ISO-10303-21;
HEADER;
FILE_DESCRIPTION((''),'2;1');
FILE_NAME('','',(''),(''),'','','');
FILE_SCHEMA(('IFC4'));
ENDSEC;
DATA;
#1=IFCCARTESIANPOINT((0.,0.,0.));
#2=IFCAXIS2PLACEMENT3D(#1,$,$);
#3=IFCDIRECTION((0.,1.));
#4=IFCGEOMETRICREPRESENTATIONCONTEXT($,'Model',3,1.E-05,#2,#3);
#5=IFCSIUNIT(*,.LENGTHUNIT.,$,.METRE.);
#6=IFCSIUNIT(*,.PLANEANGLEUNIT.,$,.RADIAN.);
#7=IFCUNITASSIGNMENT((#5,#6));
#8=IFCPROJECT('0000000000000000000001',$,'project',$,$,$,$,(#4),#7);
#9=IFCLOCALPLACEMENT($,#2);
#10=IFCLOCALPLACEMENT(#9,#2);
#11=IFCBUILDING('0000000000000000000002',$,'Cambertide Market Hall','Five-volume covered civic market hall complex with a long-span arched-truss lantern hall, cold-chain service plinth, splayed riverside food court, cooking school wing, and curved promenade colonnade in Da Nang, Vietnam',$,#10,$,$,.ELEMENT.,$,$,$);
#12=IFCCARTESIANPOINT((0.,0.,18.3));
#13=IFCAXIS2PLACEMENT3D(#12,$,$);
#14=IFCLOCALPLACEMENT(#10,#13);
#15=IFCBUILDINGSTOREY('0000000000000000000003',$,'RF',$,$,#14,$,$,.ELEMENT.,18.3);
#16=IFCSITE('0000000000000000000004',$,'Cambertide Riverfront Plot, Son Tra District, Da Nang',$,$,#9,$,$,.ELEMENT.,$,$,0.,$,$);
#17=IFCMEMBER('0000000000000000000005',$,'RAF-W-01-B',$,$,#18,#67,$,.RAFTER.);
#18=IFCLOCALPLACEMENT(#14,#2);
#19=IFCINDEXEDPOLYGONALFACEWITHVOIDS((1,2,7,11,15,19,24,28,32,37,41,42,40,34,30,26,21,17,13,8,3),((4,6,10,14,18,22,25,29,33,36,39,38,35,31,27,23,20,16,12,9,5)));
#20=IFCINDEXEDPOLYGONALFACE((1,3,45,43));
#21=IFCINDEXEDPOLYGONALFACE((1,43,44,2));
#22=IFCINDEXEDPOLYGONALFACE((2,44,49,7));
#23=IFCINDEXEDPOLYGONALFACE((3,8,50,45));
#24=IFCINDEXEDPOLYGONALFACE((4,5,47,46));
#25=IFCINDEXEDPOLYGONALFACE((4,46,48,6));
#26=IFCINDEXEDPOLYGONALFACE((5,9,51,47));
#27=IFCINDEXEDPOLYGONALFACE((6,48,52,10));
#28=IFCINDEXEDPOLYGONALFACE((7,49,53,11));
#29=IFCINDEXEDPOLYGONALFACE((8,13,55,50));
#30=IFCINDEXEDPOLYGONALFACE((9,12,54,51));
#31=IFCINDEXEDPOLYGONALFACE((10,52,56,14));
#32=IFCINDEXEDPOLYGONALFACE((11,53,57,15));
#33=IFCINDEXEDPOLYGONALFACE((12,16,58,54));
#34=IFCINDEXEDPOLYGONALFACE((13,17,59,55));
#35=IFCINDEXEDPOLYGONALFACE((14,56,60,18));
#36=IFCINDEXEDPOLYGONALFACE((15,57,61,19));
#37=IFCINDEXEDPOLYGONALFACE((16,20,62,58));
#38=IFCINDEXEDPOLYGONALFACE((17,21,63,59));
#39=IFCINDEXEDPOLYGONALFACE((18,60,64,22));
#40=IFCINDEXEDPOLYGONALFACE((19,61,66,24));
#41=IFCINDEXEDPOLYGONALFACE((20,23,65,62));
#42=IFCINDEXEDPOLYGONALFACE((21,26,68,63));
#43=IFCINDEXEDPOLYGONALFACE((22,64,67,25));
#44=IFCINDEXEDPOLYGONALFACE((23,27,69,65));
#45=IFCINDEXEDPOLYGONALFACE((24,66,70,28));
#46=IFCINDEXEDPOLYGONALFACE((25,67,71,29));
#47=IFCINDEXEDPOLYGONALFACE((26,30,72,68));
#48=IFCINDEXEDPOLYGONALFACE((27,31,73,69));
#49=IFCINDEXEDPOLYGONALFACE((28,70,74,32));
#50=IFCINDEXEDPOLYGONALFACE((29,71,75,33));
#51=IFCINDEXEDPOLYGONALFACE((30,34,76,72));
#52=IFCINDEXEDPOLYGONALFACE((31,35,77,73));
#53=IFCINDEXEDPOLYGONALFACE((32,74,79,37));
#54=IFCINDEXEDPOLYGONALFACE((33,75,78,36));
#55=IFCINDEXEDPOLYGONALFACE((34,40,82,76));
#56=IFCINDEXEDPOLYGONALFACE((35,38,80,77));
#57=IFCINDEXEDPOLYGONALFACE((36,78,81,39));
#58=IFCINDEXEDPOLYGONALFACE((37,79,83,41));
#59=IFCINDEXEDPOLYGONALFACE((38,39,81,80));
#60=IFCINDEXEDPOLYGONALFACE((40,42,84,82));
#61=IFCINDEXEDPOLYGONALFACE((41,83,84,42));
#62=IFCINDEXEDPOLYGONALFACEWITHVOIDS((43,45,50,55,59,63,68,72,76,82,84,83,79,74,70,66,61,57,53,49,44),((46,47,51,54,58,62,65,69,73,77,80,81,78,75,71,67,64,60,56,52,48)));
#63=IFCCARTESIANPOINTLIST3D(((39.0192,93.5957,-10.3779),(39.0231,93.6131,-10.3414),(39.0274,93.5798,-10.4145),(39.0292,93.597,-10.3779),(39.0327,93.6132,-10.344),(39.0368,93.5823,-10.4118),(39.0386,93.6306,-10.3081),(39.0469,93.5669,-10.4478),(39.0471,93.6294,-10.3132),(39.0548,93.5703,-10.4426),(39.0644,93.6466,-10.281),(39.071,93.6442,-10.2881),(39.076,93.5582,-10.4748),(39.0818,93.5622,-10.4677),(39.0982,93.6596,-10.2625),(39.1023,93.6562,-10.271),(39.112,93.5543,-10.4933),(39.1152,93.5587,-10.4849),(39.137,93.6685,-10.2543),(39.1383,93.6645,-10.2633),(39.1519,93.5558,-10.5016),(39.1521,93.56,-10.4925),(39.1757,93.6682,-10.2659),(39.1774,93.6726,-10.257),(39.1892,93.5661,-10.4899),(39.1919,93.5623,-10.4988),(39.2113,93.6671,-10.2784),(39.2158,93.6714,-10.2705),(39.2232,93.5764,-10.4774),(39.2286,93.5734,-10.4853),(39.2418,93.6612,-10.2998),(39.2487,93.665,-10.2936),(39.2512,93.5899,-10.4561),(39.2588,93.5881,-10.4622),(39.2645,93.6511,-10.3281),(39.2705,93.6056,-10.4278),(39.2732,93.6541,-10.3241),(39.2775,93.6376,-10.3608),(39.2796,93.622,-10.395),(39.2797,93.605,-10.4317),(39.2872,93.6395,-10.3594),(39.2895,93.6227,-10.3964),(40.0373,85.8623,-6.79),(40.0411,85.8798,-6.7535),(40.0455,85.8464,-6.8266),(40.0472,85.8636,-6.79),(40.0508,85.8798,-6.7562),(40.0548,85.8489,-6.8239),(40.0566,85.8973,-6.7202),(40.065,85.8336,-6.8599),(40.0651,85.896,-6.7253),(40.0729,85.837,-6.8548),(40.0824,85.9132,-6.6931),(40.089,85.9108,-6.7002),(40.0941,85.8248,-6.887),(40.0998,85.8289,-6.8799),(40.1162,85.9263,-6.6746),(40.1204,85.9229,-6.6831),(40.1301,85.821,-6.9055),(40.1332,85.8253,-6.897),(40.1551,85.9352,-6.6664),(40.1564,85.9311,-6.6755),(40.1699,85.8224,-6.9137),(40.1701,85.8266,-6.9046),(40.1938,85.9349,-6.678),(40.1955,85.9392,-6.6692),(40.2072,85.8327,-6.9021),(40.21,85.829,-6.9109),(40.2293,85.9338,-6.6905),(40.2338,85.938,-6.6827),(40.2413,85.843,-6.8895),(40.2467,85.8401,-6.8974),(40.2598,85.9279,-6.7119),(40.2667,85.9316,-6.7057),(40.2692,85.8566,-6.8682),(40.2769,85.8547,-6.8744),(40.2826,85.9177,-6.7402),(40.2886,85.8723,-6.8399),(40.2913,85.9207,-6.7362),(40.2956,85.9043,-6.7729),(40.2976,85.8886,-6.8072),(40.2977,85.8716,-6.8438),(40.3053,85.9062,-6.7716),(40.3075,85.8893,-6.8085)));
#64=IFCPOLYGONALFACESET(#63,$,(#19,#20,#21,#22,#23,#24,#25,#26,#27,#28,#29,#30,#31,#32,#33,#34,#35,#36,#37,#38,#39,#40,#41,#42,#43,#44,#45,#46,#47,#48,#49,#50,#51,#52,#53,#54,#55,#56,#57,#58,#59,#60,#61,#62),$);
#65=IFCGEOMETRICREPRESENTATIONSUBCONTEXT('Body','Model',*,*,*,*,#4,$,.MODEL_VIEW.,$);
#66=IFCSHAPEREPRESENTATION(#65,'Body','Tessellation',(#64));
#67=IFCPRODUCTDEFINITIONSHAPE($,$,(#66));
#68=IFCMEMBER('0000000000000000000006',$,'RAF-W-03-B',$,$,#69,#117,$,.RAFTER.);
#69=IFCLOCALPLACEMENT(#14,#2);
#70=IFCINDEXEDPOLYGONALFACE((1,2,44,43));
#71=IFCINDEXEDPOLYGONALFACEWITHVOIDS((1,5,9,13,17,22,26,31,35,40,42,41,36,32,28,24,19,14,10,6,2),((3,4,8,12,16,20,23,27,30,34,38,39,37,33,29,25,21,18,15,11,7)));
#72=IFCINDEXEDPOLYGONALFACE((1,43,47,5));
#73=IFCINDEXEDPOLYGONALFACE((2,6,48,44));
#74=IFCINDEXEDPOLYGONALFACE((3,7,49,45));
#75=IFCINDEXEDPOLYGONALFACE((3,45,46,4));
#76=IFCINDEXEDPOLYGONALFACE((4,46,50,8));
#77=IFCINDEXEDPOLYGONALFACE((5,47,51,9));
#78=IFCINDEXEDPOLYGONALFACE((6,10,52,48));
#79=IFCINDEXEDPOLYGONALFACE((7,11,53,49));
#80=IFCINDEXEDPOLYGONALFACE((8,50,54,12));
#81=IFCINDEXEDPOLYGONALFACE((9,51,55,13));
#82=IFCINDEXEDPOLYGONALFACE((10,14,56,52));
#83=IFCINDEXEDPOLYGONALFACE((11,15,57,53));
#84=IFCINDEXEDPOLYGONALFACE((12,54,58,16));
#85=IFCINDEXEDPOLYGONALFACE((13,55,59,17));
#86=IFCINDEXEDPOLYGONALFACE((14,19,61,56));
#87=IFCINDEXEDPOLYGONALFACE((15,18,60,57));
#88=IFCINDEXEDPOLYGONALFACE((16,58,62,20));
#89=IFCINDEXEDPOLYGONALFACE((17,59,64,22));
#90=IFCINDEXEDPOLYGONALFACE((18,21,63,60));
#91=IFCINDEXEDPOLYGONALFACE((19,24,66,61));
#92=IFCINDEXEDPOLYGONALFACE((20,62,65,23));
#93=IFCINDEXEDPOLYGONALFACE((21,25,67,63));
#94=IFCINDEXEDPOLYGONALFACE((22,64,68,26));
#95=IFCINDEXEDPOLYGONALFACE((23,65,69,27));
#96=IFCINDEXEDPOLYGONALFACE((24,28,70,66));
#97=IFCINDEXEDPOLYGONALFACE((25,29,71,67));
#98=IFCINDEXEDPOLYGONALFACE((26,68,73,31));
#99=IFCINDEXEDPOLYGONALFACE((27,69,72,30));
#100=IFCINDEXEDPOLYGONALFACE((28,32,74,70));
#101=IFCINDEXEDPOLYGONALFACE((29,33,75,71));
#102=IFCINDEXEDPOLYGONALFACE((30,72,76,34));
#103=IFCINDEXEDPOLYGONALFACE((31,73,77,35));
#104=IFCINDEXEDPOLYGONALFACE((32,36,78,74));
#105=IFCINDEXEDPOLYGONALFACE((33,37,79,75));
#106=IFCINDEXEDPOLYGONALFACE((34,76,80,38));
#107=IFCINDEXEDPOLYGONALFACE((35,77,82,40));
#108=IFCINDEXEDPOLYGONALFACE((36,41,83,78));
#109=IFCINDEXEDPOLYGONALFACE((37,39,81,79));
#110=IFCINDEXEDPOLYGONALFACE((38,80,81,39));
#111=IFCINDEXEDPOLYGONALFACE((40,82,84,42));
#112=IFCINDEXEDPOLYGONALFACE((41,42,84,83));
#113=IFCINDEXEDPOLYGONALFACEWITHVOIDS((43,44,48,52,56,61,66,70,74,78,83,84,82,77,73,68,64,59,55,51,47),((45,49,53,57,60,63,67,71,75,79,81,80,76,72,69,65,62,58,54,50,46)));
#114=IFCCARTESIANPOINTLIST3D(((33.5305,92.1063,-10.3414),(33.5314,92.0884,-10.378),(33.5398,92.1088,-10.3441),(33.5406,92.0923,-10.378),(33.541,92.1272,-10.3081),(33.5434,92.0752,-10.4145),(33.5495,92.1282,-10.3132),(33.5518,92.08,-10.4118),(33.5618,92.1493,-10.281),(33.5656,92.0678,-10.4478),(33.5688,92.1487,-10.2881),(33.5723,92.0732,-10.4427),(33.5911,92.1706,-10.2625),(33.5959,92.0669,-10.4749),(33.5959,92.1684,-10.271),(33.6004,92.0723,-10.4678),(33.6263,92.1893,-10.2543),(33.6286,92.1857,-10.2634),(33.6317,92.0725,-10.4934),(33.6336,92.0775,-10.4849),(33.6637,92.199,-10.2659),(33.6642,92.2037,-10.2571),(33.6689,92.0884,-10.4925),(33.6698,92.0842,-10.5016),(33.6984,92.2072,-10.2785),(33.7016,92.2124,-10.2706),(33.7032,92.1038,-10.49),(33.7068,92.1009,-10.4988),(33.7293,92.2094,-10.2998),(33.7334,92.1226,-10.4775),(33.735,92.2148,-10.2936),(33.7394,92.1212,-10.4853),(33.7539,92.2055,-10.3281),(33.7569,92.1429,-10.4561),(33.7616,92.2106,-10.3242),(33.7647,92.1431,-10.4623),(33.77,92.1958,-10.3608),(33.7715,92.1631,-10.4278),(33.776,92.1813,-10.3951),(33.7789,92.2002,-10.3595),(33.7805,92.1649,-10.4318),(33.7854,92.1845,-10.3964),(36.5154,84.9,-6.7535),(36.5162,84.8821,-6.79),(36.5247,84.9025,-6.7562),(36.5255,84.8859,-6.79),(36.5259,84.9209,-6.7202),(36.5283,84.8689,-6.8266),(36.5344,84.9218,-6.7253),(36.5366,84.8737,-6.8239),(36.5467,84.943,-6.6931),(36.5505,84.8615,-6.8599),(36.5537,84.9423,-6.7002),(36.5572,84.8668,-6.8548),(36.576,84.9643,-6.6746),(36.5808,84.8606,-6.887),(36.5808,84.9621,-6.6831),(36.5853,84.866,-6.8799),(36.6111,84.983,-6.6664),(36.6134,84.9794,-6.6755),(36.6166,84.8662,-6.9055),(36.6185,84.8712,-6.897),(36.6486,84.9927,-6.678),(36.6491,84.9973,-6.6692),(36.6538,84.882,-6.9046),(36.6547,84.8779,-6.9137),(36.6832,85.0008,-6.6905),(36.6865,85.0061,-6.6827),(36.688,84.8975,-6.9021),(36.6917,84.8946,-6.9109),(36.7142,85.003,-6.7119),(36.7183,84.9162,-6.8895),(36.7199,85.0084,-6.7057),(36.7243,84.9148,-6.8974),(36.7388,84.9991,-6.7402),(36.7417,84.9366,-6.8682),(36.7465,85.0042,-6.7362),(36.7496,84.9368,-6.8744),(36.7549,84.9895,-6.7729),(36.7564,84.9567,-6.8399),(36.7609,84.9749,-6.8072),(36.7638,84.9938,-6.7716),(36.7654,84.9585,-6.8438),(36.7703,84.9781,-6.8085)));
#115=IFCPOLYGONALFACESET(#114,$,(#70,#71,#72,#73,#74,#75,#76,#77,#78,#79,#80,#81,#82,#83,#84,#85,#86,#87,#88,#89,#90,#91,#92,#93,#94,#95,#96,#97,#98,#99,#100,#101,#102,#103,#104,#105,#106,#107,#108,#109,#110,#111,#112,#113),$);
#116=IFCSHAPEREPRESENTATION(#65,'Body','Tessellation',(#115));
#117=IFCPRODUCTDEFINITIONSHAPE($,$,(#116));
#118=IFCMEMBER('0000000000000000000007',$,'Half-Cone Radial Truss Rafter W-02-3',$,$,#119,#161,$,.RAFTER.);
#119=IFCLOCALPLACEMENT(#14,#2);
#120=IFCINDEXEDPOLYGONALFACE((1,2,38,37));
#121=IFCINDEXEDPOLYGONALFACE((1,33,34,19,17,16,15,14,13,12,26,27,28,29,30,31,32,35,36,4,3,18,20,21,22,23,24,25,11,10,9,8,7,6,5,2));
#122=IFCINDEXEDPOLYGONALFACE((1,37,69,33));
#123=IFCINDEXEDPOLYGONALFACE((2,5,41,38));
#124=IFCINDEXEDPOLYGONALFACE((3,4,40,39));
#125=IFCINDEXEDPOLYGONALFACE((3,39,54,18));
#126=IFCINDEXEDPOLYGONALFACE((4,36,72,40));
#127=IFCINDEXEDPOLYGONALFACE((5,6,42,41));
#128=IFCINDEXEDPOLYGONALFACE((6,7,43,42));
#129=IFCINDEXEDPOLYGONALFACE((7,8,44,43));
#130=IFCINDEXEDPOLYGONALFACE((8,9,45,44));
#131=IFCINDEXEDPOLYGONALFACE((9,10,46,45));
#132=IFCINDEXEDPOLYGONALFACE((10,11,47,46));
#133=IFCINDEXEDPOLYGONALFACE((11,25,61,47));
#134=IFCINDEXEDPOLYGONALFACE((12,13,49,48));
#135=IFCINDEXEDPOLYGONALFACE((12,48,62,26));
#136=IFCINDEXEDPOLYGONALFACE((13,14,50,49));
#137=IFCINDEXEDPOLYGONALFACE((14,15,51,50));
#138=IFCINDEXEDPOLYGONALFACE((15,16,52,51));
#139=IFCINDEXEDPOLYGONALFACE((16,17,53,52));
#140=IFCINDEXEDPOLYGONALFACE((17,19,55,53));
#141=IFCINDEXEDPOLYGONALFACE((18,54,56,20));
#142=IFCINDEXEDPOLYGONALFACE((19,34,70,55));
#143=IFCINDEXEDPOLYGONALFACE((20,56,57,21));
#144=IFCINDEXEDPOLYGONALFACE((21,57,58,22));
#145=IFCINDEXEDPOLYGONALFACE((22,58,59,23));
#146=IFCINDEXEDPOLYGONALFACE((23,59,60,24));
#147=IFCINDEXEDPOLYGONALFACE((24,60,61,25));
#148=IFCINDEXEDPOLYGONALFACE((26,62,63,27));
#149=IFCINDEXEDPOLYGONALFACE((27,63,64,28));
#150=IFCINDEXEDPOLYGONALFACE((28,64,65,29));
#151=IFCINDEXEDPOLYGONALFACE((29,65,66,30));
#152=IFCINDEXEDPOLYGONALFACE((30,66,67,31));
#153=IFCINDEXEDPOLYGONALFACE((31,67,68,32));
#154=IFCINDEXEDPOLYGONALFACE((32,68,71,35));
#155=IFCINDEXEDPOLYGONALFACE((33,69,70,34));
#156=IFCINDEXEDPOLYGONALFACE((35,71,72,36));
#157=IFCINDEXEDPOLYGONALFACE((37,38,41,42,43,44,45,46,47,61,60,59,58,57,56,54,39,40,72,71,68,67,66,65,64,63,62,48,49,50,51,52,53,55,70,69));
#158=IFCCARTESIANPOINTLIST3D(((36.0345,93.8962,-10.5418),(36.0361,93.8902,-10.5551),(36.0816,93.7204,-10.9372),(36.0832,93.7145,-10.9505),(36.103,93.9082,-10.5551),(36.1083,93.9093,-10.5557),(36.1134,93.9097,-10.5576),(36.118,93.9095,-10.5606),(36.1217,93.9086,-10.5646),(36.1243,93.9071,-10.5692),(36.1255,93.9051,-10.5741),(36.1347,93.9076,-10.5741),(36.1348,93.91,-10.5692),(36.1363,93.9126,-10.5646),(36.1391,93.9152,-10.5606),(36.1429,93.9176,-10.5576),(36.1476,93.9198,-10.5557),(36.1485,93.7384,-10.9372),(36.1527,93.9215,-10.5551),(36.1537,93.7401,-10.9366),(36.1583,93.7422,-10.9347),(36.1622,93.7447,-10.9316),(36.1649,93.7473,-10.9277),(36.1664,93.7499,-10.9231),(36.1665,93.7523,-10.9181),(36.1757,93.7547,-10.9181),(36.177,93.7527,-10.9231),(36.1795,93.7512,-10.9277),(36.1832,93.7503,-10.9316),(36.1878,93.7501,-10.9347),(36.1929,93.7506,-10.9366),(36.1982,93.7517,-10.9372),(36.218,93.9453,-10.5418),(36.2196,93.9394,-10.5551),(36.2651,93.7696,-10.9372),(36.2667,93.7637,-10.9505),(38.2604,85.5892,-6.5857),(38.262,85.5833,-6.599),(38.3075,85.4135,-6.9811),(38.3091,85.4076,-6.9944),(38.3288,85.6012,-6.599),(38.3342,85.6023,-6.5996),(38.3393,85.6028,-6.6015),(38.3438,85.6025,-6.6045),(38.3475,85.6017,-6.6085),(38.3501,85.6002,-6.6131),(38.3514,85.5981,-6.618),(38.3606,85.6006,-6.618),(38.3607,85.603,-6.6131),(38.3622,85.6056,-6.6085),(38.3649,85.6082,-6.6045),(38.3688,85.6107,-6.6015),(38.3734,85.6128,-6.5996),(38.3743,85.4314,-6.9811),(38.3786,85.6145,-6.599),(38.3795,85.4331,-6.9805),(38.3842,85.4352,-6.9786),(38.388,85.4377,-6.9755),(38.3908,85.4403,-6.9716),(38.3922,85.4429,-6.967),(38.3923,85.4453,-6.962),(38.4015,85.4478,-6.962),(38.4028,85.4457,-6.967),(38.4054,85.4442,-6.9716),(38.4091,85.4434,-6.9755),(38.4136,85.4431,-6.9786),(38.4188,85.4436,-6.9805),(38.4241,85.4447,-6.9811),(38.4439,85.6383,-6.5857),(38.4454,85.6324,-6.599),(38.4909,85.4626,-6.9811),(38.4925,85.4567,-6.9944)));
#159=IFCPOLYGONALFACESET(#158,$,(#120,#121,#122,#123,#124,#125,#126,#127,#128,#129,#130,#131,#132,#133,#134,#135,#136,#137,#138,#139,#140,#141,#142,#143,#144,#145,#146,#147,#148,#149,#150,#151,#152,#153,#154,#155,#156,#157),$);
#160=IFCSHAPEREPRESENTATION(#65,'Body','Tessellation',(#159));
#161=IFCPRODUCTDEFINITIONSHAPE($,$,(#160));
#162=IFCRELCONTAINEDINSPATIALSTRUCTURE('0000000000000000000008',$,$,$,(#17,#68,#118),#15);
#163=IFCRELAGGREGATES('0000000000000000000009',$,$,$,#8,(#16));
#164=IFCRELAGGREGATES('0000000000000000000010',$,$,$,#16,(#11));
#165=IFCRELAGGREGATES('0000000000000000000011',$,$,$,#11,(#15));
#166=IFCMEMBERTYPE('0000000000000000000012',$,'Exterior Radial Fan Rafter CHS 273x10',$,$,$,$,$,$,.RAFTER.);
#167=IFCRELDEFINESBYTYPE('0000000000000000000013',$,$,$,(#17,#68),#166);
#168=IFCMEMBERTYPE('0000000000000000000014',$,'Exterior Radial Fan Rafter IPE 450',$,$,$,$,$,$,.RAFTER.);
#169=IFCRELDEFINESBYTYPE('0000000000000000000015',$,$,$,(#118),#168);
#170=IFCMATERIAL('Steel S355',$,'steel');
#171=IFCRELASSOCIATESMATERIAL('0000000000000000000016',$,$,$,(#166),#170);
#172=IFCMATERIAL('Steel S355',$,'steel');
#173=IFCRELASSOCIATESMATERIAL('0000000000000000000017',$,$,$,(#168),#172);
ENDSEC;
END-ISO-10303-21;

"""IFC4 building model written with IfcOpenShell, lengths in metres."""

from ifc_helpers import new_model, si_unit, direction, frame, origin, origin_2d, place, context, subcontext, project, spatial, hollow_circle, i_section, extrude, material, material_profile, profile_set, type_object, element, save


model = new_model("IFC4")

# Units and contexts
model_context = context("Model", 3, precision=1e-05, world=origin(), true_north=direction((0.0, 1.0)))
body_context = subcontext(model_context, "Body", "Model", "MODEL_VIEW")
ifc_project = project(units=[si_unit("LENGTHUNIT", "METRE"), si_unit("PLANEANGLEUNIT", "RADIAN")], contexts=[model_context])

# Site, building, storey
site_placement = place(None, origin())
site = spatial("IfcSite", under=ifc_project, at=site_placement, Name="Cambertide Riverfront Plot, Son Tra District, Da Nang", CompositionType="ELEMENT", RefElevation=0.0)
building_placement = place(site_placement, origin())
building = spatial("IfcBuilding", under=site, at=building_placement, Name="Cambertide Market Hall", Description="Five-volume covered civic market hall complex with a long-span arched-truss lantern hall, cold-chain service plinth, splayed riverside food court, cooking school wing, and curved promenade colonnade in Da Nang, Vietnam", CompositionType="ELEMENT")
storey_placement = place(building_placement, frame((0.0, 0.0, 18.3)))
storey = spatial("IfcBuildingStorey", under=building, at=storey_placement, Name="RF", CompositionType="ELEMENT", Elevation=18.3)

# Members
ifc_material_1 = material(Name="Steel S355", Category="steel")
ifc_material_profile_1 = material_profile(ifc_material_1, hollow_circle(Radius=0.1365, WallThickness=0.01, at=origin_2d()), Name="CHS 273x10")
ifc_profile_set_1 = profile_set([ifc_material_profile_1], Name="Steel S355")
member_type_1 = type_object("IfcMemberType", Name="Exterior Radial Fan Rafter CHS 273x10", PredefinedType="RAFTER", material=ifc_profile_set_1)
for number, where, z_axis, x_axis, name in (
    (1, (40.1726, 85.8801, -6.79), (-0.118576, 0.900726, -0.41789), (-0.991446, -0.130519, 0.0), "RAF-W-01-B"),
    (2, (36.6423, 84.9343, -6.79), (-0.347658, 0.839344, -0.417895), (-0.923883, -0.382674, 0.0), "RAF-W-03-B"),
):
    element("IfcMember", number, at=place(storey_placement, frame(where, z_axis=z_axis, x_axis=x_axis)), inside=storey, type_object=member_type_1, Name=name, PredefinedType="RAFTER", context=body_context, shape_type="SweptSolid", body=[
        extrude(hollow_circle(Radius=0.1365, WallThickness=0.01, at=origin_2d()), origin(), (0.0, 0.0, 1.0), 8.5857),
    ])
ifc_material_2 = material(Name="Steel S355", Category="steel")
ifc_material_profile_2 = material_profile(ifc_material_2, i_section(OverallWidth=0.1899, OverallDepth=0.45, WebThickness=0.0095, FlangeThickness=0.0146, FilletRadius=0.021, at=origin_2d()), Name="IPE 450")
ifc_profile_set_2 = profile_set([ifc_material_profile_2], Name="Steel S355")
member_type_2 = type_object("IfcMemberType", Name="Exterior Radial Fan Rafter IPE 450", PredefinedType="RAFTER", material=ifc_profile_set_2)
member_1_placement = place(storey_placement, frame((38.3765, 85.5229, -6.79), z_axis=(-0.235134, 0.877531, -0.417914), x_axis=(-0.965926, -0.25882, 0.0)))
element("IfcMember", 3, at=member_1_placement, inside=storey, type_object=member_type_2, Name="Half-Cone Radial Truss Rafter W-02-3", PredefinedType="RAFTER", context=body_context, shape_type="SweptSolid", body=[
    extrude(i_section(OverallWidth=0.1899, OverallDepth=0.45, WebThickness=0.0095, FlangeThickness=0.0146, FilletRadius=0.021, at=origin_2d()), origin(), (0.0, 0.0, 1.0), 9.4663),
])

save(model, "model.ifc")
